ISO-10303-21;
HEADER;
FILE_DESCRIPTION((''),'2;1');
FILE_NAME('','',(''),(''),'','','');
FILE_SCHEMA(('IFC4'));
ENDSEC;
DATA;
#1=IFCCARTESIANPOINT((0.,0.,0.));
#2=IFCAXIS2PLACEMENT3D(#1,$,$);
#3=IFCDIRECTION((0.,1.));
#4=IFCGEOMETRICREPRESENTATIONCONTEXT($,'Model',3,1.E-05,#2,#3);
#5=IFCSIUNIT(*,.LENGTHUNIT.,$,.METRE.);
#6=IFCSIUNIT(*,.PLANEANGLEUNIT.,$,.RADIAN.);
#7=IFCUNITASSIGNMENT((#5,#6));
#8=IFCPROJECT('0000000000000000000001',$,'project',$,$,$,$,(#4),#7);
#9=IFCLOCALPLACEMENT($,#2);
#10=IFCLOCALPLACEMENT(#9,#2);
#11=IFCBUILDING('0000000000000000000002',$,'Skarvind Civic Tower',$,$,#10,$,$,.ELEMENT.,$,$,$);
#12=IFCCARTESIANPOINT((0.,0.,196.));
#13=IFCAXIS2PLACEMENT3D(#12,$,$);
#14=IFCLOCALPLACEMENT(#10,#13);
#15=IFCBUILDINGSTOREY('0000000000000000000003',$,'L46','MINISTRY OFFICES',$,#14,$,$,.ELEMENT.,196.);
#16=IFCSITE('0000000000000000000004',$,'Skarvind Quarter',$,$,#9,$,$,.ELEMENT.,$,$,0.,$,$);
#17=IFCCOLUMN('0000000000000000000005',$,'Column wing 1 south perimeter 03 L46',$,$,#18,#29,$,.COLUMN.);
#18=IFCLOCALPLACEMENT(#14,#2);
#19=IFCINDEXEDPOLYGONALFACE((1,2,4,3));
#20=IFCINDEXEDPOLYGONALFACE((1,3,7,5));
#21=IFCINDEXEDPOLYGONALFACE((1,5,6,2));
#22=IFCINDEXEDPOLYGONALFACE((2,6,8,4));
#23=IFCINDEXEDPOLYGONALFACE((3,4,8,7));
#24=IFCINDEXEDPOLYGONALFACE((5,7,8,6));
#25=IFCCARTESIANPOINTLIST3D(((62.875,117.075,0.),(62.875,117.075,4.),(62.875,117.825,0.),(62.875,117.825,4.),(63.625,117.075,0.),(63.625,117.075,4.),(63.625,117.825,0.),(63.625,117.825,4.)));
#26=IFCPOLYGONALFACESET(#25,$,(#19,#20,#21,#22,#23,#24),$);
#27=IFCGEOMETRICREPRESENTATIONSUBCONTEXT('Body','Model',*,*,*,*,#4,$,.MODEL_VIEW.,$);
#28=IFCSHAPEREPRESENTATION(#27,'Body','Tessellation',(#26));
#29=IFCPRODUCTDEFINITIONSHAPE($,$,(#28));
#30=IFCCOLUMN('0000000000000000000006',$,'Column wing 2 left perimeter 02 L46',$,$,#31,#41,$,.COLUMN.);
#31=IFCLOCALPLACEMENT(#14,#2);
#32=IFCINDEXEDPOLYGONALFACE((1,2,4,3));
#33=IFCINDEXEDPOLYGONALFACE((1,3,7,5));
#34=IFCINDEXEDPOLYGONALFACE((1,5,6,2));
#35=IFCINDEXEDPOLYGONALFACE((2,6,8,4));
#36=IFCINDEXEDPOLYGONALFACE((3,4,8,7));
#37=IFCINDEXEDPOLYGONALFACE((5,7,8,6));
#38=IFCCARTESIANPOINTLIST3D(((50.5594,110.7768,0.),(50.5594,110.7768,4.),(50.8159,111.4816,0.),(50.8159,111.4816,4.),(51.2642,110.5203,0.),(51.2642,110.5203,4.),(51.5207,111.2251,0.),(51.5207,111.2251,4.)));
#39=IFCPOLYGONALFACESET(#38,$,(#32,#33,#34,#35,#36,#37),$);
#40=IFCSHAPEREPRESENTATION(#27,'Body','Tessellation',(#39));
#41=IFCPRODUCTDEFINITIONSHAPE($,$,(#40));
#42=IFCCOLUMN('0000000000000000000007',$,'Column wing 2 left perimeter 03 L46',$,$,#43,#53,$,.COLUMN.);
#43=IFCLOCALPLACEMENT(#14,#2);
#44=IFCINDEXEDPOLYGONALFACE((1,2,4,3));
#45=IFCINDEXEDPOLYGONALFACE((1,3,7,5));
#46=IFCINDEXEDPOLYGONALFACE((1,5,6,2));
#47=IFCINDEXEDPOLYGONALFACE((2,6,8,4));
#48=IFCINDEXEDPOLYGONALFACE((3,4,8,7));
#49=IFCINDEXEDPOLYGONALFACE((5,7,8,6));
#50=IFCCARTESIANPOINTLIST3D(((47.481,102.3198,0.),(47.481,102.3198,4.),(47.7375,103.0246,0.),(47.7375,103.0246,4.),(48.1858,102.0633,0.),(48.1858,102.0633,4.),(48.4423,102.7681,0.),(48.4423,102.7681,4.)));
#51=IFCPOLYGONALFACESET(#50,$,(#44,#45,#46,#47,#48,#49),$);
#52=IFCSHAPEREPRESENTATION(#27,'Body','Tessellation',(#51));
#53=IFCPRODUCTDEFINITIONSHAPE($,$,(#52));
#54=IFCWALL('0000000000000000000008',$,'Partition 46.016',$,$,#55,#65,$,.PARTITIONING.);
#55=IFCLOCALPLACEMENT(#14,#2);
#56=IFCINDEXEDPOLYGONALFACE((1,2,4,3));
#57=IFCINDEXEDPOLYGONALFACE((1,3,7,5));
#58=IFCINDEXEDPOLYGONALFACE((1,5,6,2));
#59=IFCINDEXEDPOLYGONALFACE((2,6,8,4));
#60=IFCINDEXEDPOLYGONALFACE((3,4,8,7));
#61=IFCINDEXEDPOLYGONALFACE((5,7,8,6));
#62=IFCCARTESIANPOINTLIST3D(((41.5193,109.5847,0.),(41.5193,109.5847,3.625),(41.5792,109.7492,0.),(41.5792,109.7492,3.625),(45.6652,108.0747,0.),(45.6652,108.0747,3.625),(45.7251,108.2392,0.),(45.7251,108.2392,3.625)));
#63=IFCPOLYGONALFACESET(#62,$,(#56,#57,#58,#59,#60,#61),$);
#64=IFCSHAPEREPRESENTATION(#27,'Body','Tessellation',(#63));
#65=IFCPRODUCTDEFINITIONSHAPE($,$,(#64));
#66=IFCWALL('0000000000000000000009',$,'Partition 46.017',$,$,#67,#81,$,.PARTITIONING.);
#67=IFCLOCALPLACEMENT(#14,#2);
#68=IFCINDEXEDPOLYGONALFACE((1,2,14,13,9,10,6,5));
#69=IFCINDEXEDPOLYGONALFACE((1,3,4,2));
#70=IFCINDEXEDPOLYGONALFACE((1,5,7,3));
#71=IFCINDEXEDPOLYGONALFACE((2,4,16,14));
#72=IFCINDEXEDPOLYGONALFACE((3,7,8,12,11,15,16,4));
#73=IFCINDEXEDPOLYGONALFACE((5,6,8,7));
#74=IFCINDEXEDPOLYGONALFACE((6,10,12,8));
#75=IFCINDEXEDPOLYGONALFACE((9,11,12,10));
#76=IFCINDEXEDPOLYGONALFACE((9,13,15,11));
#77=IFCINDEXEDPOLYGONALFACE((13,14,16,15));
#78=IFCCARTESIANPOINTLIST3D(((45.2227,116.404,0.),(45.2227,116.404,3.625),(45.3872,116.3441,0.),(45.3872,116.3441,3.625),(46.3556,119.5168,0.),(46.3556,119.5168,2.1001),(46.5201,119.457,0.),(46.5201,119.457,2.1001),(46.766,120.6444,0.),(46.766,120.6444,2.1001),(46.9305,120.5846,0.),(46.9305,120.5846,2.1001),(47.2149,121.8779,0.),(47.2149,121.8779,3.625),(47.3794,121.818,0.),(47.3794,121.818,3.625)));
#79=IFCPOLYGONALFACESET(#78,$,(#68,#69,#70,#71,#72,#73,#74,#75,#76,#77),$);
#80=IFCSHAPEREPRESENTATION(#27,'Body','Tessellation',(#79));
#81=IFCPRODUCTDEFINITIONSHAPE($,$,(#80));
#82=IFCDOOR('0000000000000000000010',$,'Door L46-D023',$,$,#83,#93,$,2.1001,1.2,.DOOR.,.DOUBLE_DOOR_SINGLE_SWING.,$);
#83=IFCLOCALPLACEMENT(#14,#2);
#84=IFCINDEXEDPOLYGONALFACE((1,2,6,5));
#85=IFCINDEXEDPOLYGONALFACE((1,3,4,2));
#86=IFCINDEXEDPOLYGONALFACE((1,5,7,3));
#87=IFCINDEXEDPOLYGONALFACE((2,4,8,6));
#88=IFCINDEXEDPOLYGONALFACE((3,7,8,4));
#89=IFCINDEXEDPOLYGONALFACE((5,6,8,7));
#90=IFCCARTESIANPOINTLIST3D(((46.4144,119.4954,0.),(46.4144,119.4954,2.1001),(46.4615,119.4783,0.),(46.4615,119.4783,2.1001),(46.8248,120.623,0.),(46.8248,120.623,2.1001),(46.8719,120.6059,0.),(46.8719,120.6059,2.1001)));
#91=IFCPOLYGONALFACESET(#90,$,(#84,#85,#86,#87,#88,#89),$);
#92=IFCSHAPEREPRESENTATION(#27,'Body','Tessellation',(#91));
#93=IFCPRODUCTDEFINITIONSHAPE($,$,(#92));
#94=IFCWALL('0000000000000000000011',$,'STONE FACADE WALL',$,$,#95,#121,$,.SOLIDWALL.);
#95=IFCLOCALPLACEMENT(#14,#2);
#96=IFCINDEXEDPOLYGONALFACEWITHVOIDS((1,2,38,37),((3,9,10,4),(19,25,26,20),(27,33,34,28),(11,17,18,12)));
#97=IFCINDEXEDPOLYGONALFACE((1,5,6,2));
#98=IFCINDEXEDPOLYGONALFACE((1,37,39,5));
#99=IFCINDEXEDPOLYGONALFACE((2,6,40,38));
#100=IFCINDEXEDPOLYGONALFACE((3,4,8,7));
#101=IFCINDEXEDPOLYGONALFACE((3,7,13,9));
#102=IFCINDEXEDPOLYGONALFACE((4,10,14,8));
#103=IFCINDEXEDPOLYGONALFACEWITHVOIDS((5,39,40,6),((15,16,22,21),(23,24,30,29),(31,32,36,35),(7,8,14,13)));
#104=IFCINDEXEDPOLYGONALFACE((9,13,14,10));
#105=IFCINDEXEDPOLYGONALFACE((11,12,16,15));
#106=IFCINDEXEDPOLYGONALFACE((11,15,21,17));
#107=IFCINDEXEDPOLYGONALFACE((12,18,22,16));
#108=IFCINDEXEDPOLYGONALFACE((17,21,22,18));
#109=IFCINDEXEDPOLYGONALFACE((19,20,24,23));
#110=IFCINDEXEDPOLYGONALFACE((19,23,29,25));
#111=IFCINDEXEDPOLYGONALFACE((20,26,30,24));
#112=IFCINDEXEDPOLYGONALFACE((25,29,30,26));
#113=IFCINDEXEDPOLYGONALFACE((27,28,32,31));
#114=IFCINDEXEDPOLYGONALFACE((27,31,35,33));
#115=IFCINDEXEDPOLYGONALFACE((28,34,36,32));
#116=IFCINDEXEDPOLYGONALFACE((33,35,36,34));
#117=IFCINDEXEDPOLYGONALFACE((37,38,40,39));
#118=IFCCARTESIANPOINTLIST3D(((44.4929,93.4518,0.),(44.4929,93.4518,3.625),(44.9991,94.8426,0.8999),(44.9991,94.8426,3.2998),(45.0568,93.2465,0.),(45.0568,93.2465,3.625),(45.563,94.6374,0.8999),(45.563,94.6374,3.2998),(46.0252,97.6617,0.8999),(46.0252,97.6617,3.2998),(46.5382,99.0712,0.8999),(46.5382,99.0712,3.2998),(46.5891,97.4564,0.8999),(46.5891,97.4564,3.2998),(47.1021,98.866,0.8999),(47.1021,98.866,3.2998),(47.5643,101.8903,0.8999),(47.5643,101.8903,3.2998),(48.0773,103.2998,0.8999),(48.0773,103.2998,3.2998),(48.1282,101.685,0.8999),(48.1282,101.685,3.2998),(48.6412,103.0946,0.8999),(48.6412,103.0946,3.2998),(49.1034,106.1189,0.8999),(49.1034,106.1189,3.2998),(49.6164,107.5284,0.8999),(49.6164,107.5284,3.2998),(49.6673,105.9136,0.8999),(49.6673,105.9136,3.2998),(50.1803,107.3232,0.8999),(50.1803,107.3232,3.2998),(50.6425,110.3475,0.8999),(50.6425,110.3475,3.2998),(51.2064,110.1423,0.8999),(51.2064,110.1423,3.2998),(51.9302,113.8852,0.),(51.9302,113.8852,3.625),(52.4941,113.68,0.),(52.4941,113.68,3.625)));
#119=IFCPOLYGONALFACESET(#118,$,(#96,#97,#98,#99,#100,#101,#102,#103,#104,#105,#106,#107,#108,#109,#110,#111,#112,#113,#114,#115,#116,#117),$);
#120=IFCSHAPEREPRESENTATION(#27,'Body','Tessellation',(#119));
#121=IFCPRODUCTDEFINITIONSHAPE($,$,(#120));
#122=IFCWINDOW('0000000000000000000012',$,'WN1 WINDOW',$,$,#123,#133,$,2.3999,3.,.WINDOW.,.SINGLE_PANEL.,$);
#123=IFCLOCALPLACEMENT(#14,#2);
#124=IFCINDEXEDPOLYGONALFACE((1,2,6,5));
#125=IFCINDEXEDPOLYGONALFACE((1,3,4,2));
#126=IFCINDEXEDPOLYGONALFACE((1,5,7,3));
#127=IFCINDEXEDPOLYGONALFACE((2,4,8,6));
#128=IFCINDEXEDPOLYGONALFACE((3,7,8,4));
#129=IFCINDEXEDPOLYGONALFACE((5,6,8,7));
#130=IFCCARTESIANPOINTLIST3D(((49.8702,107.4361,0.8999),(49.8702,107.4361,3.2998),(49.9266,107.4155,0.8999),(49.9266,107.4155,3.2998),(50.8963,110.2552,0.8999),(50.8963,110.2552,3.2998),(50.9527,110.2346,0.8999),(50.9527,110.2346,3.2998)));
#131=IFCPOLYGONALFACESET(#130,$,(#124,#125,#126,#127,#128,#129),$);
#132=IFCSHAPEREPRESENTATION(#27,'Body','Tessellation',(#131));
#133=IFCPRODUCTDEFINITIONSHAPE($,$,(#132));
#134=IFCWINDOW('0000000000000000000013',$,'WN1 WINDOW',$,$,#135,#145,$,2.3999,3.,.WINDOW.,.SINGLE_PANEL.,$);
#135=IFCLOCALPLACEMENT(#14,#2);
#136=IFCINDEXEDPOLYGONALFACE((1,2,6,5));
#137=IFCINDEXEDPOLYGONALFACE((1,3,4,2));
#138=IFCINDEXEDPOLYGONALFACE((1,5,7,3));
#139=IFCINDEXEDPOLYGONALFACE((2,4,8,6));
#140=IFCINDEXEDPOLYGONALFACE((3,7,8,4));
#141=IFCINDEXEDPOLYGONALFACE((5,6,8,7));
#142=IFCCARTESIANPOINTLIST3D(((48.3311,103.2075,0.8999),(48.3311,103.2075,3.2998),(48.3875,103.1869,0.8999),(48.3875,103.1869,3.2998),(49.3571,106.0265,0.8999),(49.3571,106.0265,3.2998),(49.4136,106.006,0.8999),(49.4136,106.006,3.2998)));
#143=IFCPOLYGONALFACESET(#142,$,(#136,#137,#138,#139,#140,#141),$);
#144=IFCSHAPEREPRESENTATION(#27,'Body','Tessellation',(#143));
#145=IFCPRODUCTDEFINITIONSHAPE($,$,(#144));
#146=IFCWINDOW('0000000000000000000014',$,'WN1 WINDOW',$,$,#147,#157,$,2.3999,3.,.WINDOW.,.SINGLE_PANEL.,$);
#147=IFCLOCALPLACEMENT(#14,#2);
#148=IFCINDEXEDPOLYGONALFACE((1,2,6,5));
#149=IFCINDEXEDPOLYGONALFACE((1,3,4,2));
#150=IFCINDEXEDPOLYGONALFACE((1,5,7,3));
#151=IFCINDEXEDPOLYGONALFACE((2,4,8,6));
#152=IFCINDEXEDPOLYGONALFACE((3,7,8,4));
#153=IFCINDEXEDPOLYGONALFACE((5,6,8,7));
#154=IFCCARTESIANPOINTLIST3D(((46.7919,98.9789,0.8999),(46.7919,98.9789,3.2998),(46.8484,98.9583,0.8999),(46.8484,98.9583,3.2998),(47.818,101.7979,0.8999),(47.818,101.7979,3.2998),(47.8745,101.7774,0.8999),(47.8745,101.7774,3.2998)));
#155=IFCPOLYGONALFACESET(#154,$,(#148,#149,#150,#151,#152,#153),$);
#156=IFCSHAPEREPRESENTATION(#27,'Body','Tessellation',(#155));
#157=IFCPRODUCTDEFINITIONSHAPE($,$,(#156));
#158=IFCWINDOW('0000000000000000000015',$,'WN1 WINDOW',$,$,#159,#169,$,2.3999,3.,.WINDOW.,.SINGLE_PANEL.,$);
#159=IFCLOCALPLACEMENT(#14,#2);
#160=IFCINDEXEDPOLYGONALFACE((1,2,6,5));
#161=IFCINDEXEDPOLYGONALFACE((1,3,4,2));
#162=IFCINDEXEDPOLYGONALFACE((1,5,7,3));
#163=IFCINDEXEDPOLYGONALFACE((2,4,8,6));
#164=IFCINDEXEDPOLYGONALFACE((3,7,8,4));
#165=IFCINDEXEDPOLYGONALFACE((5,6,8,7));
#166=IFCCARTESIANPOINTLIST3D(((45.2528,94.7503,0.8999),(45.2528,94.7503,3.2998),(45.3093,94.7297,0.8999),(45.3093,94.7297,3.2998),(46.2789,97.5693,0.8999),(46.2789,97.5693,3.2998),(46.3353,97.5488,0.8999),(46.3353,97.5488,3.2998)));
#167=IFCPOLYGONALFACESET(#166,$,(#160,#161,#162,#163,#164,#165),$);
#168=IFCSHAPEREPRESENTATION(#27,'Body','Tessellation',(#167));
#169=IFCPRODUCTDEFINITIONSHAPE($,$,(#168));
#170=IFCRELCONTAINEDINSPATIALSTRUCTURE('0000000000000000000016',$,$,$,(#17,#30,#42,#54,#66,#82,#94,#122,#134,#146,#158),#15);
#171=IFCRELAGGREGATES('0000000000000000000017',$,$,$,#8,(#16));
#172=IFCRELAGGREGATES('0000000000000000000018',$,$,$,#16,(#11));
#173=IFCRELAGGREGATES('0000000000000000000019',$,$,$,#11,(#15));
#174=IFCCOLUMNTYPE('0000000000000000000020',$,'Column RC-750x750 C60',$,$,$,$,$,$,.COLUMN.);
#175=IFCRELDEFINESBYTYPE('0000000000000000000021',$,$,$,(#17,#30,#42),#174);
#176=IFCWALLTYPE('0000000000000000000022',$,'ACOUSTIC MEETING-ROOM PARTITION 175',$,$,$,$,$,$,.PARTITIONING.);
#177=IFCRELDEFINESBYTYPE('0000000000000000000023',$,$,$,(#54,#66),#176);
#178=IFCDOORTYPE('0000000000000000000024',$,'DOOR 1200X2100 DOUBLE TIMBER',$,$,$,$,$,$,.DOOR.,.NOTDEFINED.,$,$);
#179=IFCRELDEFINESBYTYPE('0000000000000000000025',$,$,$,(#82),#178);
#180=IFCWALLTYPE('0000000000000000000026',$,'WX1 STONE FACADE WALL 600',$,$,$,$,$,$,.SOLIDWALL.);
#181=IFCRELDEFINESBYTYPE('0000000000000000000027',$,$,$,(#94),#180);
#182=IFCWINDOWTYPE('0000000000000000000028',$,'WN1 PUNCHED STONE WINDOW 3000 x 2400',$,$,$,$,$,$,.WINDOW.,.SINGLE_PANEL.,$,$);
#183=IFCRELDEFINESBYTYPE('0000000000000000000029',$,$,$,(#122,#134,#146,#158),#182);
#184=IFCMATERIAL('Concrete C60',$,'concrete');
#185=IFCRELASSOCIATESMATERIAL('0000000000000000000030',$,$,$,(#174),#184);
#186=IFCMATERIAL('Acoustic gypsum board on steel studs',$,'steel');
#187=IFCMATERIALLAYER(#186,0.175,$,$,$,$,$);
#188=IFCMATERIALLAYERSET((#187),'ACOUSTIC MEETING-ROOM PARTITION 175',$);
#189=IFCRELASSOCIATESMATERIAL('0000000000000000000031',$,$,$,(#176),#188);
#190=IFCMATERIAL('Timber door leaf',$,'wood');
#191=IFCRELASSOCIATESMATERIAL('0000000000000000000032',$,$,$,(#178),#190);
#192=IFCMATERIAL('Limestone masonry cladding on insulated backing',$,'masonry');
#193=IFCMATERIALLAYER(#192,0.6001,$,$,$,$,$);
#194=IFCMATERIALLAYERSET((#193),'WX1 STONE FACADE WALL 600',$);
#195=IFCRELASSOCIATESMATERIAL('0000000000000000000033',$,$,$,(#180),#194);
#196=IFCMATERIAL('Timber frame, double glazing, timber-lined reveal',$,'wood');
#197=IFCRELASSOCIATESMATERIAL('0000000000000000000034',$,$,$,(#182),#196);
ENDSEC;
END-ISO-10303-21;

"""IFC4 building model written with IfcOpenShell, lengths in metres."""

from ifc_helpers import new_model, si_unit, direction, frame, frame_2d, origin, origin_2d, place, context, subcontext, project, spatial, rectangle, extrude, material, layer, layer_set, material_profile, profile_set, type_object, element, fill, save


model = new_model("IFC4")

# Units and contexts
model_context = context("Model", 3, precision=1e-05, world=origin(), true_north=direction((0.0, 1.0)))
body_context = subcontext(model_context, "Body", "Model", "MODEL_VIEW")
ifc_project = project(units=[si_unit("LENGTHUNIT", "METRE"), si_unit("PLANEANGLEUNIT", "RADIAN")], contexts=[model_context])

# Site, building, storey
site_placement = place(None, origin())
site = spatial("IfcSite", under=ifc_project, at=site_placement, Name="Skarvind Quarter", CompositionType="ELEMENT", RefElevation=0.0)
building_placement = place(site_placement, origin())
building = spatial("IfcBuilding", under=site, at=building_placement, Name="Skarvind Civic Tower", CompositionType="ELEMENT")
storey_placement = place(building_placement, frame((0.0, 0.0, 196.0)))
storey = spatial("IfcBuildingStorey", under=building, at=storey_placement, Name="L46", Description="MINISTRY OFFICES", CompositionType="ELEMENT", Elevation=196.0)

# Columns
ifc_material_1 = material(Name="Concrete C60", Category="concrete")
ifc_material_profile_1 = material_profile(ifc_material_1, rectangle(XDim=0.75, YDim=0.75, at=origin_2d()), Name="RC-750x750")
ifc_profile_set_1 = profile_set([ifc_material_profile_1], Name="Concrete C60")
column_type = type_object("IfcColumnType", Name="Column RC-750x750 C60", PredefinedType="COLUMN", material=ifc_profile_set_1)
for number, where, z_axis, x_axis, name in (
    (1, (63.25, 117.45, 0.0), (0.0, 0.0, 1.0), (1.0, 0.0, 0.0), "Column wing 1 south perimeter 03 L46"),
    (2, (51.04, 111.001, 0.0), (0.0, 0.0, 1.0), (-0.34202, -0.939693, 0.0), "Column wing 2 left perimeter 02 L46"),
    (3, (47.9617, 102.5439, 0.0), (0.0, 0.0, 1.0), (-0.34202, -0.939693, 0.0), "Column wing 2 left perimeter 03 L46"),
):
    element("IfcColumn", number, at=place(storey_placement, frame(where, z_axis=z_axis, x_axis=x_axis)), inside=storey, type_object=column_type, Name=name, PredefinedType="COLUMN", context=body_context, shape_type="SweptSolid", body=[
        extrude(rectangle(XDim=0.75, YDim=0.75, at=origin_2d()), origin(), (0.0, 0.0, 1.0), 4.0),
    ])

# Wall
ifc_material_2 = material(Name="Acoustic gypsum board on steel studs", Category="steel")
ifc_layer_1 = layer(ifc_material_2, 0.175)
ifc_layer_set_1 = layer_set([ifc_layer_1], Name="ACOUSTIC MEETING-ROOM PARTITION 175")
wall_type_1 = type_object("IfcWallType", Name="ACOUSTIC MEETING-ROOM PARTITION 175", PredefinedType="PARTITIONING", material=ifc_layer_set_1)
wall_1_placement = place(storey_placement, frame((45.6951, 108.157, 0.0), z_axis=(0.0, 0.0, 1.0), x_axis=(-0.93962, 0.342218, 0.0)))
element("IfcWall", 4, at=wall_1_placement, inside=storey, type_object=wall_type_1, Name="Partition 46.016", PredefinedType="PARTITIONING", context=body_context, shape_type="SweptSolid", body=[
    extrude(rectangle(XDim=4.4124, YDim=0.175, at=frame_2d((2.2061, 0.0))), origin(), (0.0, 0.0, 1.0), 3.625),
])

# Wall, opening, door
wall_2_placement = place(storey_placement, frame((45.3049, 116.374, 0.0), z_axis=(0.0, 0.0, 1.0), x_axis=(0.341999, 0.9397, 0.0)))
wall_2 = element("IfcWall", 5, at=wall_2_placement, inside=storey, type_object=wall_type_1, Name="Partition 46.017", PredefinedType="PARTITIONING", context=body_context, shape_type="SweptSolid", body=[
    extrude(rectangle(XDim=5.8252, YDim=0.175, at=frame_2d((2.9126, 0.0))), origin(), (0.0, 0.0, 1.0), 3.625),
])
opening_1_placement = place(wall_2_placement, frame((3.3125, 0.0, 0.0)))
opening_1 = element("IfcOpeningElement", 6, at=opening_1_placement, cuts=wall_2, PredefinedType="OPENING", context=body_context, shape_type="SweptSolid", body=[
    extrude(rectangle(XDim=1.2, YDim=2.1001, at=frame_2d((0.6001, 1.05))), frame((0.0, 0.0974, 0.0), z_axis=(0.0, -1.0, 0.0), x_axis=(1.0, 0.0, 0.0)), (0.0, 0.0, 1.0), 0.1951),
])
ifc_material_3 = material(Name="Timber door leaf", Category="wood")
door_type = type_object("IfcDoorType", Name="DOOR 1200X2100 DOUBLE TIMBER", OperationType="NOTDEFINED", PredefinedType="DOOR", material=ifc_material_3)
door_placement = place(opening_1_placement, origin())
door = element("IfcDoor", 7, at=door_placement, inside=storey, type_object=door_type, Name="Door L46-D023", OperationType="DOUBLE_DOOR_SINGLE_SWING", OverallHeight=2.1001, OverallWidth=1.2, PredefinedType="DOOR", context=body_context, shape_type="SweptSolid", body=[
    extrude(rectangle(XDim=1.2, YDim=2.1001, at=frame_2d((0.6001, 1.05))), frame((0.0, 0.0249, 0.0), z_axis=(0.0, -1.0, 0.0), x_axis=(1.0, 0.0, 0.0)), (0.0, 0.0, 1.0), 0.05),
])
fill(opening_1, door)

# Wall, openings, windows
ifc_material_4 = material(Name="Limestone masonry cladding on insulated backing", Category="masonry")
ifc_layer_2 = layer(ifc_material_4, 0.6001)
ifc_layer_set_2 = layer_set([ifc_layer_2], Name="WX1 STONE FACADE WALL 600")
wall_type_2 = type_object("IfcWallType", Name="WX1 STONE FACADE WALL 600", PredefinedType="SOLIDWALL", material=ifc_layer_set_2)
wall_3_placement = place(storey_placement, frame((52.2122, 113.7827, 0.0), z_axis=(0.0, 0.0, 1.0), x_axis=(-0.342025, -0.939691, 0.0)))
wall_3 = element("IfcWall", 8, at=wall_3_placement, inside=storey, type_object=wall_type_2, Name="STONE FACADE WALL", PredefinedType="SOLIDWALL", context=body_context, shape_type="SweptSolid", body=[
    extrude(rectangle(XDim=21.7449, YDim=0.6001, at=frame_2d((10.8726, 0.0))), origin(), (0.0, 0.0, 1.0), 3.625),
])
opening_2_placement = place(wall_3_placement, frame((3.7649, 0.0, 0.8999)))
opening_2 = element("IfcOpeningElement", 9, at=opening_2_placement, cuts=wall_3, PredefinedType="OPENING", context=body_context, shape_type="SweptSolid", body=[
    extrude(rectangle(XDim=3.0, YDim=2.3999, at=frame_2d((1.5, 1.2))), frame((0.0, 0.3101, 0.0), z_axis=(0.0, -1.0, 0.0), x_axis=(1.0, 0.0, 0.0)), (0.0, 0.0, 1.0), 0.6201),
])
opening_3_placement = place(wall_3_placement, frame((8.2649, 0.0, 0.8999)))
opening_3 = element("IfcOpeningElement", 10, at=opening_3_placement, cuts=wall_3, PredefinedType="OPENING", context=body_context, shape_type="SweptSolid", body=[
    extrude(rectangle(XDim=3.0, YDim=2.3999, at=frame_2d((1.5, 1.2))), frame((0.0, 0.3101, 0.0), z_axis=(0.0, -1.0, 0.0), x_axis=(1.0, 0.0, 0.0)), (0.0, 0.0, 1.0), 0.6201),
])
opening_4_placement = place(wall_3_placement, frame((12.7649, 0.0, 0.8999)))
opening_4 = element("IfcOpeningElement", 11, at=opening_4_placement, cuts=wall_3, PredefinedType="OPENING", context=body_context, shape_type="SweptSolid", body=[
    extrude(rectangle(XDim=3.0, YDim=2.3999, at=frame_2d((1.5, 1.2))), frame((0.0, 0.3101, 0.0), z_axis=(0.0, -1.0, 0.0), x_axis=(1.0, 0.0, 0.0)), (0.0, 0.0, 1.0), 0.6201),
])
opening_5_placement = place(wall_3_placement, frame((17.2649, 0.0, 0.8999)))
opening_5 = element("IfcOpeningElement", 12, at=opening_5_placement, cuts=wall_3, PredefinedType="OPENING", context=body_context, shape_type="SweptSolid", body=[
    extrude(rectangle(XDim=3.0, YDim=2.3999, at=frame_2d((1.5, 1.2))), frame((0.0, 0.3101, 0.0), z_axis=(0.0, -1.0, 0.0), x_axis=(1.0, 0.0, 0.0)), (0.0, 0.0, 1.0), 0.6201),
])
ifc_material_5 = material(Name="Timber frame, double glazing, timber-lined reveal", Category="wood")
window_type = type_object("IfcWindowType", Name="WN1 PUNCHED STONE WINDOW 3000 x 2400", PartitioningType="SINGLE_PANEL", PredefinedType="WINDOW", material=ifc_material_5)
window_1_placement = place(opening_2_placement, origin())
window_1 = element("IfcWindow", 13, at=window_1_placement, inside=storey, type_object=window_type, Name="WN1 WINDOW", OverallHeight=2.3999, OverallWidth=3.0, PartitioningType="SINGLE_PANEL", PredefinedType="WINDOW", context=body_context, shape_type="SweptSolid", body=[
    extrude(rectangle(XDim=3.0, YDim=2.3999, at=frame_2d((1.5, 1.2))), frame((0.0, 0.03, 0.0), z_axis=(0.0, -1.0, 0.0), x_axis=(1.0, 0.0, 0.0)), (0.0, 0.0, 1.0), 0.0601),
])
fill(opening_2, window_1)
window_2_placement = place(opening_3_placement, origin())
window_2 = element("IfcWindow", 14, at=window_2_placement, inside=storey, type_object=window_type, Name="WN1 WINDOW", OverallHeight=2.3999, OverallWidth=3.0, PartitioningType="SINGLE_PANEL", PredefinedType="WINDOW", context=body_context, shape_type="SweptSolid", body=[
    extrude(rectangle(XDim=3.0, YDim=2.3999, at=frame_2d((1.5, 1.2))), frame((0.0, 0.03, 0.0), z_axis=(0.0, -1.0, 0.0), x_axis=(1.0, 0.0, 0.0)), (0.0, 0.0, 1.0), 0.0601),
])
fill(opening_3, window_2)
window_3_placement = place(opening_4_placement, origin())
window_3 = element("IfcWindow", 15, at=window_3_placement, inside=storey, type_object=window_type, Name="WN1 WINDOW", OverallHeight=2.3999, OverallWidth=3.0, PartitioningType="SINGLE_PANEL", PredefinedType="WINDOW", context=body_context, shape_type="SweptSolid", body=[
    extrude(rectangle(XDim=3.0, YDim=2.3999, at=frame_2d((1.5, 1.2))), frame((0.0, 0.03, 0.0), z_axis=(0.0, -1.0, 0.0), x_axis=(1.0, 0.0, 0.0)), (0.0, 0.0, 1.0), 0.0601),
])
fill(opening_4, window_3)
window_4_placement = place(opening_5_placement, origin())
window_4 = element("IfcWindow", 16, at=window_4_placement, inside=storey, type_object=window_type, Name="WN1 WINDOW", OverallHeight=2.3999, OverallWidth=3.0, PartitioningType="SINGLE_PANEL", PredefinedType="WINDOW", context=body_context, shape_type="SweptSolid", body=[
    extrude(rectangle(XDim=3.0, YDim=2.3999, at=frame_2d((1.5, 1.2))), frame((0.0, 0.03, 0.0), z_axis=(0.0, -1.0, 0.0), x_axis=(1.0, 0.0, 0.0)), (0.0, 0.0, 1.0), 0.0601),
])
fill(opening_5, window_4)

save(model, "model.ifc")
